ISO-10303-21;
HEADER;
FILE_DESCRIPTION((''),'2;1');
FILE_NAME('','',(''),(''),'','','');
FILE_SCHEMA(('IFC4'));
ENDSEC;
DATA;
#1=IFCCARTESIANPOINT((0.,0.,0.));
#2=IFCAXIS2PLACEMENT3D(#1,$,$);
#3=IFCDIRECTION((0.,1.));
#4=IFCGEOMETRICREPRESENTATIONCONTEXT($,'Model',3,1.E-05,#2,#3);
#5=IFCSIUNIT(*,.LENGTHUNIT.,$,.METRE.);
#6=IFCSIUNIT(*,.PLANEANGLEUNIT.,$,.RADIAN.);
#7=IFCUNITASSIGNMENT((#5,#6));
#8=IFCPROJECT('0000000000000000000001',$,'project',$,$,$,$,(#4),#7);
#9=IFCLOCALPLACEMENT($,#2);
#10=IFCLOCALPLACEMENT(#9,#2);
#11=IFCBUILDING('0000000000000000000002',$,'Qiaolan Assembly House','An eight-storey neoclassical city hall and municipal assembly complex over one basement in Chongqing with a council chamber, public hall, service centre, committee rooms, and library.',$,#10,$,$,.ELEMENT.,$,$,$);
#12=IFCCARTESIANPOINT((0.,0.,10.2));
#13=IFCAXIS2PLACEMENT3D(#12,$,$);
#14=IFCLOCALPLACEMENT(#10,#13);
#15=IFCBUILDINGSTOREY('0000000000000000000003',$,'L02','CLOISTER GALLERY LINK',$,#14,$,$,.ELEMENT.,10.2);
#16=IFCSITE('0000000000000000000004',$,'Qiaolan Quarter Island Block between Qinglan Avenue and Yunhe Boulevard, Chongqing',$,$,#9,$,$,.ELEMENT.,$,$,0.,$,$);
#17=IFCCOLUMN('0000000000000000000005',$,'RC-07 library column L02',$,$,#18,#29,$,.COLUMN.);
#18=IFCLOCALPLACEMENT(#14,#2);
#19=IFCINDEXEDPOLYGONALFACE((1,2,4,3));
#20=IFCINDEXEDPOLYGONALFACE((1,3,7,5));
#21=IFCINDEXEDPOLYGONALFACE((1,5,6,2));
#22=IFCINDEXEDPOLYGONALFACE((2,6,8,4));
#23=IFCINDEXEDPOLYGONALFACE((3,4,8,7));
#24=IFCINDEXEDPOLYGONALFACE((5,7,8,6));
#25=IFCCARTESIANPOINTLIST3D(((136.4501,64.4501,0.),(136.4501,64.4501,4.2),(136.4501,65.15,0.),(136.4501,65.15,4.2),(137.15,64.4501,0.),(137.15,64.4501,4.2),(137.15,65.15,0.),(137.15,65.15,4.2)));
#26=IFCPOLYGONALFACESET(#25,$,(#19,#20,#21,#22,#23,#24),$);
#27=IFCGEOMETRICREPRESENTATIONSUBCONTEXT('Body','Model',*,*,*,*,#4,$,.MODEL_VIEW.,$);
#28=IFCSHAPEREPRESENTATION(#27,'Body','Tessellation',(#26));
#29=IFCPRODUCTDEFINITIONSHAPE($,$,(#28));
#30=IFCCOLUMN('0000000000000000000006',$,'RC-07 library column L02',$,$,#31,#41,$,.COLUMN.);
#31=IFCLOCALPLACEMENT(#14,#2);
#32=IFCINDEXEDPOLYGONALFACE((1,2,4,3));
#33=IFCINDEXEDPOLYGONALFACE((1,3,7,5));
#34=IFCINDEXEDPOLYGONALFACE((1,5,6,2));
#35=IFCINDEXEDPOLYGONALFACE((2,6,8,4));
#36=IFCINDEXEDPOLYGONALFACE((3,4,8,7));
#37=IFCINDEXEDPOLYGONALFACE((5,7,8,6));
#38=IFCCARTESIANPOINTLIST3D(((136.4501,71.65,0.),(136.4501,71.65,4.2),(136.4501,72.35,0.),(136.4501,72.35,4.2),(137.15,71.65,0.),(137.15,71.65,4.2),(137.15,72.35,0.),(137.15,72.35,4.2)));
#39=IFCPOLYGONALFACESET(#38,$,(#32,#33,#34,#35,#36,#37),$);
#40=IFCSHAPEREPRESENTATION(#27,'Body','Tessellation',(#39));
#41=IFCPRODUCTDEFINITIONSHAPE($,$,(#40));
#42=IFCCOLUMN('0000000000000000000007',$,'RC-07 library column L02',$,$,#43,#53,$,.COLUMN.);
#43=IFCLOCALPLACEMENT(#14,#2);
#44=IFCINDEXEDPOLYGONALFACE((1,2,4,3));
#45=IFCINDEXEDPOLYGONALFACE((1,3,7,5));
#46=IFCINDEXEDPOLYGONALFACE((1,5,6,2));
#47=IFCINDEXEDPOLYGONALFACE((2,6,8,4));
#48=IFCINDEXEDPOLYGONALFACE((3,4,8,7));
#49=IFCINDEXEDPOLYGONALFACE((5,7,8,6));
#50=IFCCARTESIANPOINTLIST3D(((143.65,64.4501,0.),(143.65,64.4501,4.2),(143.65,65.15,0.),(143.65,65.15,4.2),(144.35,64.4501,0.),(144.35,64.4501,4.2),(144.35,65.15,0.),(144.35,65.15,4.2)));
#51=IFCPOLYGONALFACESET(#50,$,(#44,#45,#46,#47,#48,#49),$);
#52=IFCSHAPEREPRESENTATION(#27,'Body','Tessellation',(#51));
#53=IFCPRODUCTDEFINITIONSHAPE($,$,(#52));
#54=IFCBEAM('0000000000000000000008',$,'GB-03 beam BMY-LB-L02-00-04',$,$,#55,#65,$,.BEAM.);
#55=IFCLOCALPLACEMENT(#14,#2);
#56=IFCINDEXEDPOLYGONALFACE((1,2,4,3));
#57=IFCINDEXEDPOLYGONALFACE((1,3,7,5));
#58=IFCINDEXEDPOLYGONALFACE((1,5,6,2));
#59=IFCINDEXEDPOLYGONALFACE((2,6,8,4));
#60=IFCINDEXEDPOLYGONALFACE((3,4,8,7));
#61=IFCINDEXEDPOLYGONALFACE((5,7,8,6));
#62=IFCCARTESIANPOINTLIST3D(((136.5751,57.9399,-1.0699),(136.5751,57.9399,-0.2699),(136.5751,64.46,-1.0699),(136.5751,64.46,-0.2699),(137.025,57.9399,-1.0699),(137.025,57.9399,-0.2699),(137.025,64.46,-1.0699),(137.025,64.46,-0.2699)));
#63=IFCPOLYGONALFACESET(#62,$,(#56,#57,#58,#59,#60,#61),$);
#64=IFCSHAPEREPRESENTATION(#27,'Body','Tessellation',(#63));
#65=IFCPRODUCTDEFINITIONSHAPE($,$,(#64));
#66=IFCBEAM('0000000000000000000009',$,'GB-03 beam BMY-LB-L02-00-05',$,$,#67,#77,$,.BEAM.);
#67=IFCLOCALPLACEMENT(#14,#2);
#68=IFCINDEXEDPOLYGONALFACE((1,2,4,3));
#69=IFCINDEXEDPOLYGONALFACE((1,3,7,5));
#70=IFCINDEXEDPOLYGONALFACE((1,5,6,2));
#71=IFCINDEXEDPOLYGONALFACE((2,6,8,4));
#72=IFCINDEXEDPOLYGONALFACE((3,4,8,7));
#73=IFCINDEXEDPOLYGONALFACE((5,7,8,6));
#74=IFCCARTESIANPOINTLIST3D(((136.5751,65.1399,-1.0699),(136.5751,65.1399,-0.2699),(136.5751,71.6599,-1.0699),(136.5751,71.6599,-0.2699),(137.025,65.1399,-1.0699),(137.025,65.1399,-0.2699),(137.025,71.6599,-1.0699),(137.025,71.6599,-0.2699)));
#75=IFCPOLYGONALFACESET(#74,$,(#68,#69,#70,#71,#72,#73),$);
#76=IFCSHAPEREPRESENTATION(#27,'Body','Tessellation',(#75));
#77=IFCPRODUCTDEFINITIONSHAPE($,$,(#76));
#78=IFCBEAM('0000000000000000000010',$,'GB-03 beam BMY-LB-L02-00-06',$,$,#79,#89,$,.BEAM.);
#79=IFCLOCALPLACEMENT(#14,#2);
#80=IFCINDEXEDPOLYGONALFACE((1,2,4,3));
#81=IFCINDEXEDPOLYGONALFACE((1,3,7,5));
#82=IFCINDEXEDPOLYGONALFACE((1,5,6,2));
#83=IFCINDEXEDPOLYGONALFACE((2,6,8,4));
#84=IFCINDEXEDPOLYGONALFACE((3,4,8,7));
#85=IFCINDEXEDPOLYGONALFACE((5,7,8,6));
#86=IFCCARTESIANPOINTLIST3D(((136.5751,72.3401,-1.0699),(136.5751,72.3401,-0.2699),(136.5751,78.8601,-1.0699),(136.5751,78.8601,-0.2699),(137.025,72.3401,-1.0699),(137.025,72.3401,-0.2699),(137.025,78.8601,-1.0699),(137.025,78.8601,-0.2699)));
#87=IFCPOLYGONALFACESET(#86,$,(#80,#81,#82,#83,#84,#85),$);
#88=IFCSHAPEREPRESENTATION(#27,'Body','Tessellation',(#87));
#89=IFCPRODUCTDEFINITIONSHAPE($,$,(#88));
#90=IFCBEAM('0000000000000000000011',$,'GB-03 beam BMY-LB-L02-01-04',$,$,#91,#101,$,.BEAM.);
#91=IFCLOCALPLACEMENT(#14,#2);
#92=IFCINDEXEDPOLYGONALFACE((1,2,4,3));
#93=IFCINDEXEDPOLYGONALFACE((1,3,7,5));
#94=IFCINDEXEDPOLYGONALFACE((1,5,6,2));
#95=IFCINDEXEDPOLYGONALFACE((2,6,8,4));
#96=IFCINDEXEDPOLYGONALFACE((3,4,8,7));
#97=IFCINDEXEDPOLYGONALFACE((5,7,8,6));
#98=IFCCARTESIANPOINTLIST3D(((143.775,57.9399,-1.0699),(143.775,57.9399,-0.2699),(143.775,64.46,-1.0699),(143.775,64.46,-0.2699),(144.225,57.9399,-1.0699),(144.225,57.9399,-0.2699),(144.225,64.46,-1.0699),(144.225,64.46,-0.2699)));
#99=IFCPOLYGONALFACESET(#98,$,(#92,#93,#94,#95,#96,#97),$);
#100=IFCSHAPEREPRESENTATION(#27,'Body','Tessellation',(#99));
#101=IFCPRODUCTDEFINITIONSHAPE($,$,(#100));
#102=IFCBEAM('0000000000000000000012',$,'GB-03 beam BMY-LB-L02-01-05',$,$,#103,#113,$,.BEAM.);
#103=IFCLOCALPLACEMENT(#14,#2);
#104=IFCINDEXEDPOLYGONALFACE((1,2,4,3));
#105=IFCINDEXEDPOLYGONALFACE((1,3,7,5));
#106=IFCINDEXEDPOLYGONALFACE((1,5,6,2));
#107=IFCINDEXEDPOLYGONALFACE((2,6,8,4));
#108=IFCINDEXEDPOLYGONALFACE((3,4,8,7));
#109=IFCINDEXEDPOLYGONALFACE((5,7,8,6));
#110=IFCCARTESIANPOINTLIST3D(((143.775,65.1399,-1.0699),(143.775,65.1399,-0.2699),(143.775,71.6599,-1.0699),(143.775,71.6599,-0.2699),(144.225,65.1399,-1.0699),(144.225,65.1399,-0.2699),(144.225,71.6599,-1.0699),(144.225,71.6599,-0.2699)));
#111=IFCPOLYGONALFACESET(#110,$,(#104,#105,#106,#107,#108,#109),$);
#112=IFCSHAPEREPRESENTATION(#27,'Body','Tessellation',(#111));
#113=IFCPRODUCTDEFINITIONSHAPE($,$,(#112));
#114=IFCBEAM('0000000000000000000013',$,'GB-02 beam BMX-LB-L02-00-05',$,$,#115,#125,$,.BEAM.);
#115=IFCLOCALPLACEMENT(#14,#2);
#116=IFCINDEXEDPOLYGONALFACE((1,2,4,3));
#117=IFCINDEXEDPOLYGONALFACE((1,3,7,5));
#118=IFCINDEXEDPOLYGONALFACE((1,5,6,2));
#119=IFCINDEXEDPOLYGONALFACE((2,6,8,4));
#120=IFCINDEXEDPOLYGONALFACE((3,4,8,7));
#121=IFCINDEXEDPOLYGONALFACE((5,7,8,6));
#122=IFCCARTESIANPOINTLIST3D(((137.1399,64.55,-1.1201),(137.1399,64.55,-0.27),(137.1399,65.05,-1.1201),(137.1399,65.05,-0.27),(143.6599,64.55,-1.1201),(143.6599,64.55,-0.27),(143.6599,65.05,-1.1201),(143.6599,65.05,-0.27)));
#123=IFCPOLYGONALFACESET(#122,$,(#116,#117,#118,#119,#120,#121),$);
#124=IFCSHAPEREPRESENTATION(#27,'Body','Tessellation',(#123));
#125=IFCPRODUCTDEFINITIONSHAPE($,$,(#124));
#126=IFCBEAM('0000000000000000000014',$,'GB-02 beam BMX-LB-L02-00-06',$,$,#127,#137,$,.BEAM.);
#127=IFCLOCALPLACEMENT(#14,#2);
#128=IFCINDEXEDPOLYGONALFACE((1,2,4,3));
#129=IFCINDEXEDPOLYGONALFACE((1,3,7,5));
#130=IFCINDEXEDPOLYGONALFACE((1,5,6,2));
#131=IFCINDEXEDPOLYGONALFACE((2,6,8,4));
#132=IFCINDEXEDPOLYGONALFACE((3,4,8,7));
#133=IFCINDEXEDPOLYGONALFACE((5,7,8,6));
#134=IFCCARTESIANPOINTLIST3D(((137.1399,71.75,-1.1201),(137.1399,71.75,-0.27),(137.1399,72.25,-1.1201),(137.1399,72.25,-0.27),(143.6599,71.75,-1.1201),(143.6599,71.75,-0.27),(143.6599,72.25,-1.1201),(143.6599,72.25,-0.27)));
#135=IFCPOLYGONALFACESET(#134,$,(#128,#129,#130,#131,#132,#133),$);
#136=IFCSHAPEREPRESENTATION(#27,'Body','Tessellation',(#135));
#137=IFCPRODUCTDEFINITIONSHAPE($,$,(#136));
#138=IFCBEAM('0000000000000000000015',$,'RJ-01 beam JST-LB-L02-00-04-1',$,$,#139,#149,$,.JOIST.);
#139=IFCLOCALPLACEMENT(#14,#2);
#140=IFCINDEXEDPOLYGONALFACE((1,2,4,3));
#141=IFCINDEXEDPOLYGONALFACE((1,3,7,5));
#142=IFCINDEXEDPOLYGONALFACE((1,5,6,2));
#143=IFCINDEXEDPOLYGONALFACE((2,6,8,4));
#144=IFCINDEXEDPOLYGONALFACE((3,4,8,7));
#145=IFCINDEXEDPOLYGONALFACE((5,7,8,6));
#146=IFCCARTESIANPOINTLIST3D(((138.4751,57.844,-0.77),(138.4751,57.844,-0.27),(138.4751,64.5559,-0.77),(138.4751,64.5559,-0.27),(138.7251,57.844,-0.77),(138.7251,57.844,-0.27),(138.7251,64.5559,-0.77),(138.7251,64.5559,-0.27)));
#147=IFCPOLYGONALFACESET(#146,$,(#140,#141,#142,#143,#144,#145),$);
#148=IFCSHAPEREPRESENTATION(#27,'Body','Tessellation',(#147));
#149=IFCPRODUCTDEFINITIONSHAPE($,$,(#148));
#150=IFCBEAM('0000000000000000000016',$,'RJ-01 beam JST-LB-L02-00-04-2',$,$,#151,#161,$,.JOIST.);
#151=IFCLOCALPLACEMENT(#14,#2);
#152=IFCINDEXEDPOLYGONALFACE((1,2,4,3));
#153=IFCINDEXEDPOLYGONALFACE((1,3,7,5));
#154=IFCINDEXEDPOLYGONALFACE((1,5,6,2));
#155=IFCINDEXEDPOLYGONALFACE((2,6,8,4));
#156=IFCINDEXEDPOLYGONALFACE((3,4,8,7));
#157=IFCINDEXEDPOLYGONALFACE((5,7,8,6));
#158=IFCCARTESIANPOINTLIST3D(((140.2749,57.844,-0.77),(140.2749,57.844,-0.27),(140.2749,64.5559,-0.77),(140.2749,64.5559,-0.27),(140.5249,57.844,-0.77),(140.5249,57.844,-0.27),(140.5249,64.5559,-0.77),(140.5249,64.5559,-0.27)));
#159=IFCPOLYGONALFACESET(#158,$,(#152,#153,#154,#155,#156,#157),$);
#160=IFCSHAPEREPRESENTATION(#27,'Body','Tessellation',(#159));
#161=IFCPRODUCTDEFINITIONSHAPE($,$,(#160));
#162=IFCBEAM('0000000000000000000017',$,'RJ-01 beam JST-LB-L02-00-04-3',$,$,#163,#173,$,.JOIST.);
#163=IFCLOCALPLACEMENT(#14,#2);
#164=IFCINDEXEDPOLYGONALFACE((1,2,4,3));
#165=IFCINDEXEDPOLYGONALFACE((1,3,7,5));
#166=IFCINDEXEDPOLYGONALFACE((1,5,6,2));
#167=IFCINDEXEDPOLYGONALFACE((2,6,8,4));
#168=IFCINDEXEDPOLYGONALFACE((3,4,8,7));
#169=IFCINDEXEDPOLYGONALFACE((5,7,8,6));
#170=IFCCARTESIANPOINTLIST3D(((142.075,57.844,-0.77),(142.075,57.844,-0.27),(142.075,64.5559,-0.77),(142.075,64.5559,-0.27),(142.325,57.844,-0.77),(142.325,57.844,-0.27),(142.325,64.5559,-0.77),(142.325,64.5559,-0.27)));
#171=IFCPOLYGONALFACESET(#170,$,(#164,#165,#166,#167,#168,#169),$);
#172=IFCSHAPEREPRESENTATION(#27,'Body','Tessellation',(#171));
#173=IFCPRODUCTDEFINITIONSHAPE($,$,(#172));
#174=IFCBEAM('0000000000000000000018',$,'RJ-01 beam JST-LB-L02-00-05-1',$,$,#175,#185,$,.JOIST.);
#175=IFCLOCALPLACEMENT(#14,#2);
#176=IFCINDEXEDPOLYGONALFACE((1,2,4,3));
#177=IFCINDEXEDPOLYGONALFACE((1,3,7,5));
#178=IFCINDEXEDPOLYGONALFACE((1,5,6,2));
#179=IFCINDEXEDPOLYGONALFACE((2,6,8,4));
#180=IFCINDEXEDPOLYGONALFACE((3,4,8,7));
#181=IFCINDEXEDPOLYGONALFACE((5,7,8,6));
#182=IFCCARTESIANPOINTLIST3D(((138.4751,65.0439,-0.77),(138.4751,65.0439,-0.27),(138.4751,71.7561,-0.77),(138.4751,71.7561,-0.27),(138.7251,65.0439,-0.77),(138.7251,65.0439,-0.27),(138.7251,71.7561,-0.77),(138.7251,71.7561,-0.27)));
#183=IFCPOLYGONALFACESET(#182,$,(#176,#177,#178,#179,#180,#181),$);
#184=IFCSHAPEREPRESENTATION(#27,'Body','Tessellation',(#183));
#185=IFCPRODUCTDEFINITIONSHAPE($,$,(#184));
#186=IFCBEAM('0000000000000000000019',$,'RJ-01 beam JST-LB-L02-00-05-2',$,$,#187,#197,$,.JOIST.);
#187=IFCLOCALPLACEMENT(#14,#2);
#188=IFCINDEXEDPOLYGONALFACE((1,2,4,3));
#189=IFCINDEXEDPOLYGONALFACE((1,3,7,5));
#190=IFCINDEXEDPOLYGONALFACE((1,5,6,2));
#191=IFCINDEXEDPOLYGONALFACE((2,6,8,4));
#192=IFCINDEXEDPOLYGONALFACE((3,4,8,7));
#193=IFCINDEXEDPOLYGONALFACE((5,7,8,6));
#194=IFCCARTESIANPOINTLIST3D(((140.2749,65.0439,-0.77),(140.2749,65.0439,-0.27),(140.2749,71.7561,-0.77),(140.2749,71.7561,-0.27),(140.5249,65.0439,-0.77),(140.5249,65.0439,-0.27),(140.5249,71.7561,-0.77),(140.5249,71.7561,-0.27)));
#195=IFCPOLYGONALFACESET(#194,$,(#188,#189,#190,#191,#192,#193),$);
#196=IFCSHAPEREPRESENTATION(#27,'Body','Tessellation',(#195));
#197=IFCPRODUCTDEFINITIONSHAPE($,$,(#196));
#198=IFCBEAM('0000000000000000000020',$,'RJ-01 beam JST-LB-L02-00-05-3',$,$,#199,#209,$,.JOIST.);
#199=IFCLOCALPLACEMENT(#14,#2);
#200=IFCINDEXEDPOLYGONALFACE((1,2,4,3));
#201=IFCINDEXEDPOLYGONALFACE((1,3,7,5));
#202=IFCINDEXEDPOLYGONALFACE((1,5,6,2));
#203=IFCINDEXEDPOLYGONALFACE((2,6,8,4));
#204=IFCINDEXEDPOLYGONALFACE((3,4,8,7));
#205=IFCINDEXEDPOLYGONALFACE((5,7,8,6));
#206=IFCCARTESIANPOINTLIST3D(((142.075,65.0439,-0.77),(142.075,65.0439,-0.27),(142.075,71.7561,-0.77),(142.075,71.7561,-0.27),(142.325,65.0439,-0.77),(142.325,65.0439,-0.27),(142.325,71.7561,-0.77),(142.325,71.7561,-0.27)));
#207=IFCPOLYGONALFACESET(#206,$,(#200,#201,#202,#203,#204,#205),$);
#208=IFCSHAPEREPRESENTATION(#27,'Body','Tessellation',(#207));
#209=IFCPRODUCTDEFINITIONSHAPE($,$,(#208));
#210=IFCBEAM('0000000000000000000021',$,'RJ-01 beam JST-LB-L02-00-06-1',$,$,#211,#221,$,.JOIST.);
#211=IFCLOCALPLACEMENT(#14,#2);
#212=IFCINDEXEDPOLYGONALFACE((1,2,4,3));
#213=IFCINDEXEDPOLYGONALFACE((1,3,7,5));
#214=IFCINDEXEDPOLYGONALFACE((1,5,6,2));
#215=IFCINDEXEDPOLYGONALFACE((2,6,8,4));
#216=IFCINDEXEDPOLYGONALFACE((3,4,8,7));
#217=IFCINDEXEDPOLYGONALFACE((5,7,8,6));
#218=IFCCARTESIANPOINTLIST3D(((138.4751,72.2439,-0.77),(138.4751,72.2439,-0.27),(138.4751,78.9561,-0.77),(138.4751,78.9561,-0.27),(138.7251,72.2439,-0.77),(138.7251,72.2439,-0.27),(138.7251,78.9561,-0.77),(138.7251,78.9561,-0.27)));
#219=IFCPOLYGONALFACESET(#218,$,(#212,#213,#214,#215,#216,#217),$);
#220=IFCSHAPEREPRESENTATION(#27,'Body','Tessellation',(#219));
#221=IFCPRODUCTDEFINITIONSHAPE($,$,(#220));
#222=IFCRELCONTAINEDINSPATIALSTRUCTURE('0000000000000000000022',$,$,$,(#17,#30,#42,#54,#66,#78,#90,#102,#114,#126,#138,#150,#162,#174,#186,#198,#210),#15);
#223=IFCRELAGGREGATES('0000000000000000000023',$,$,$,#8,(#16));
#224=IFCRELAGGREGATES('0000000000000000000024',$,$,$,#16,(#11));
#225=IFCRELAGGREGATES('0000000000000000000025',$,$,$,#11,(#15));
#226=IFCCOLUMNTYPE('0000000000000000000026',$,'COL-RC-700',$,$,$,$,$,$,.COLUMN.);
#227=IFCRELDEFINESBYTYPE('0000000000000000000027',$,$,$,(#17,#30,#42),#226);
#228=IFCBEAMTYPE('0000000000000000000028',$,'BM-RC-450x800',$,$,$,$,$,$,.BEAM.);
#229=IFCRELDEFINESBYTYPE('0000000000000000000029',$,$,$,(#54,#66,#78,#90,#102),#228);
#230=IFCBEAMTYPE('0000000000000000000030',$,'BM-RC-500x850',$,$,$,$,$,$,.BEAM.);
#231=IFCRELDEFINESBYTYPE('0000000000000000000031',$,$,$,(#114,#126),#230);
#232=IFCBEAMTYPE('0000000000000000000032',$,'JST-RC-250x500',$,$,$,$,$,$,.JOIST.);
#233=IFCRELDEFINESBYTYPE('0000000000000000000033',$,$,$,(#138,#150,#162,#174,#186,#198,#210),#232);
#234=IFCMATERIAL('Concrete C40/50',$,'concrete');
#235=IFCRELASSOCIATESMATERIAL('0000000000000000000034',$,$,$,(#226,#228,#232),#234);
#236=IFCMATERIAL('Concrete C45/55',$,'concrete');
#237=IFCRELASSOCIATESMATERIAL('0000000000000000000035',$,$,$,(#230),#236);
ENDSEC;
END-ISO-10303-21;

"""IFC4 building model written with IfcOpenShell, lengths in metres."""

from ifc_helpers import new_model, si_unit, direction, frame, origin, origin_2d, place, context, subcontext, project, spatial, rectangle, extrude, material, material_profile, profile_set, type_object, element, save


model = new_model("IFC4")

# Units and contexts
model_context = context("Model", 3, precision=1e-05, world=origin(), true_north=direction((0.0, 1.0)))
body_context = subcontext(model_context, "Body", "Model", "MODEL_VIEW")
ifc_project = project(units=[si_unit("LENGTHUNIT", "METRE"), si_unit("PLANEANGLEUNIT", "RADIAN")], contexts=[model_context])

# Site, building, storey
site_placement = place(None, origin())
site = spatial("IfcSite", under=ifc_project, at=site_placement, Name="Qiaolan Quarter Island Block between Qinglan Avenue and Yunhe Boulevard, Chongqing", CompositionType="ELEMENT", RefElevation=0.0)
building_placement = place(site_placement, origin())
building = spatial("IfcBuilding", under=site, at=building_placement, Name="Qiaolan Assembly House", Description="An eight-storey neoclassical city hall and municipal assembly complex over one basement in Chongqing with a council chamber, public hall, service centre, committee rooms, and library.", CompositionType="ELEMENT")
storey_placement = place(building_placement, frame((0.0, 0.0, 10.2)))
storey = spatial("IfcBuildingStorey", under=building, at=storey_placement, Name="L02", Description="CLOISTER GALLERY LINK", CompositionType="ELEMENT", Elevation=10.2)

# Columns
ifc_material_1 = material(Name="Concrete C40/50", Category="concrete")
ifc_material_profile_1 = material_profile(ifc_material_1, rectangle(XDim=0.7, YDim=0.7, at=origin_2d()), Name="RC 700x700")
ifc_profile_set_1 = profile_set([ifc_material_profile_1], Name="Concrete C40/50")
column_type = type_object("IfcColumnType", Name="COL-RC-700", PredefinedType="COLUMN", material=ifc_profile_set_1)
for number, where, z_axis, x_axis, name in (
    (1, (136.8, 64.8, 0.0), (0.0, 0.0, 1.0), (1.0, 0.0, 0.0), "RC-07 library column L02"),
    (2, (136.8, 72.0, 0.0), (0.0, 0.0, 1.0), (1.0, 0.0, 0.0), "RC-07 library column L02"),
    (3, (144.0, 64.8, 0.0), (0.0, 0.0, 1.0), (1.0, 0.0, 0.0), "RC-07 library column L02"),
):
    element("IfcColumn", number, at=place(storey_placement, frame(where, z_axis=z_axis, x_axis=x_axis)), inside=storey, type_object=column_type, Name=name, PredefinedType="COLUMN", context=body_context, shape_type="SweptSolid", body=[
        extrude(rectangle(XDim=0.7, YDim=0.7, at=origin_2d()), origin(), (0.0, 0.0, 1.0), 4.2),
    ])

# Beams
ifc_material_profile_2 = material_profile(ifc_material_1, rectangle(XDim=0.45, YDim=0.8, at=origin_2d()), Name="RCB 450x800")
ifc_profile_set_2 = profile_set([ifc_material_profile_2], Name="Concrete C40/50")
beam_type_1 = type_object("IfcBeamType", Name="BM-RC-450x800", PredefinedType="BEAM", material=ifc_profile_set_2)
for number, where, z_axis, x_axis, name in (
    (4, (136.8, 57.9399, -0.6699), (0.0, 1.0, 0.0), (-1.0, 0.0, 0.0), "GB-03 beam BMY-LB-L02-00-04"),
    (5, (136.8, 65.1399, -0.6699), (0.0, 1.0, 0.0), (-1.0, 0.0, 0.0), "GB-03 beam BMY-LB-L02-00-05"),
    (6, (136.8, 72.3401, -0.6699), (0.0, 1.0, 0.0), (-1.0, 0.0, 0.0), "GB-03 beam BMY-LB-L02-00-06"),
    (7, (144.0, 57.9399, -0.6699), (0.0, 1.0, 0.0), (-1.0, 0.0, 0.0), "GB-03 beam BMY-LB-L02-01-04"),
    (8, (144.0, 65.1399, -0.6699), (0.0, 1.0, 0.0), (-1.0, 0.0, 0.0), "GB-03 beam BMY-LB-L02-01-05"),
):
    element("IfcBeam", number, at=place(storey_placement, frame(where, z_axis=z_axis, x_axis=x_axis)), inside=storey, type_object=beam_type_1, Name=name, PredefinedType="BEAM", context=body_context, shape_type="SweptSolid", body=[
        extrude(rectangle(XDim=0.45, YDim=0.8, at=origin_2d()), origin(), (0.0, 0.0, 1.0), 6.52),
    ])
ifc_material_2 = material(Name="Concrete C45/55", Category="concrete")
ifc_material_profile_3 = material_profile(ifc_material_2, rectangle(XDim=0.5, YDim=0.8501, at=origin_2d()), Name="RCB 500x850")
ifc_profile_set_3 = profile_set([ifc_material_profile_3], Name="Concrete C45/55")
beam_type_2 = type_object("IfcBeamType", Name="BM-RC-500x850", PredefinedType="BEAM", material=ifc_profile_set_3)
for number, where, z_axis, x_axis, name in (
    (9, (137.1399, 64.8, -0.6951), (1.0, 0.0, 0.0), (0.0, 1.0, 0.0), "GB-02 beam BMX-LB-L02-00-05"),
    (10, (137.1399, 72.0, -0.6951), (1.0, 0.0, 0.0), (0.0, 1.0, 0.0), "GB-02 beam BMX-LB-L02-00-06"),
):
    element("IfcBeam", number, at=place(storey_placement, frame(where, z_axis=z_axis, x_axis=x_axis)), inside=storey, type_object=beam_type_2, Name=name, PredefinedType="BEAM", context=body_context, shape_type="SweptSolid", body=[
        extrude(rectangle(XDim=0.5, YDim=0.8501, at=origin_2d()), origin(), (0.0, 0.0, 1.0), 6.52),
    ])
ifc_material_profile_4 = material_profile(ifc_material_1, rectangle(XDim=0.25, YDim=0.5, at=origin_2d()), Name="RCB 250x500")
ifc_profile_set_4 = profile_set([ifc_material_profile_4], Name="Concrete C40/50")
beam_type_3 = type_object("IfcBeamType", Name="JST-RC-250x500", PredefinedType="JOIST", material=ifc_profile_set_4)
for number, where, z_axis, x_axis, name in (
    (11, (138.6001, 57.844, -0.52), (0.0, 1.0, 0.0), (-1.0, 0.0, 0.0), "RJ-01 beam JST-LB-L02-00-04-1"),
    (12, (140.3999, 57.844, -0.52), (0.0, 1.0, 0.0), (-1.0, 0.0, 0.0), "RJ-01 beam JST-LB-L02-00-04-2"),
    (13, (142.2, 57.844, -0.52), (0.0, 1.0, 0.0), (-1.0, 0.0, 0.0), "RJ-01 beam JST-LB-L02-00-04-3"),
):
    element("IfcBeam", number, at=place(storey_placement, frame(where, z_axis=z_axis, x_axis=x_axis)), inside=storey, type_object=beam_type_3, Name=name, PredefinedType="JOIST", context=body_context, shape_type="SweptSolid", body=[
        extrude(rectangle(XDim=0.25, YDim=0.5, at=origin_2d()), origin(), (0.0, 0.0, 1.0), 6.7119),
    ])
for number, where, z_axis, x_axis, name in (
    (14, (138.6001, 65.0439, -0.52), (0.0, 1.0, 0.0), (-1.0, 0.0, 0.0), "RJ-01 beam JST-LB-L02-00-05-1"),
    (15, (140.3999, 65.0439, -0.52), (0.0, 1.0, 0.0), (-1.0, 0.0, 0.0), "RJ-01 beam JST-LB-L02-00-05-2"),
    (16, (142.2, 65.0439, -0.52), (0.0, 1.0, 0.0), (-1.0, 0.0, 0.0), "RJ-01 beam JST-LB-L02-00-05-3"),
    (17, (138.6001, 72.2439, -0.52), (0.0, 1.0, 0.0), (-1.0, 0.0, 0.0), "RJ-01 beam JST-LB-L02-00-06-1"),
):
    element("IfcBeam", number, at=place(storey_placement, frame(where, z_axis=z_axis, x_axis=x_axis)), inside=storey, type_object=beam_type_3, Name=name, PredefinedType="JOIST", context=body_context, shape_type="SweptSolid", body=[
        extrude(rectangle(XDim=0.25, YDim=0.5, at=origin_2d()), origin(), (0.0, 0.0, 1.0), 6.7122),
    ])

save(model, "model.ifc")
